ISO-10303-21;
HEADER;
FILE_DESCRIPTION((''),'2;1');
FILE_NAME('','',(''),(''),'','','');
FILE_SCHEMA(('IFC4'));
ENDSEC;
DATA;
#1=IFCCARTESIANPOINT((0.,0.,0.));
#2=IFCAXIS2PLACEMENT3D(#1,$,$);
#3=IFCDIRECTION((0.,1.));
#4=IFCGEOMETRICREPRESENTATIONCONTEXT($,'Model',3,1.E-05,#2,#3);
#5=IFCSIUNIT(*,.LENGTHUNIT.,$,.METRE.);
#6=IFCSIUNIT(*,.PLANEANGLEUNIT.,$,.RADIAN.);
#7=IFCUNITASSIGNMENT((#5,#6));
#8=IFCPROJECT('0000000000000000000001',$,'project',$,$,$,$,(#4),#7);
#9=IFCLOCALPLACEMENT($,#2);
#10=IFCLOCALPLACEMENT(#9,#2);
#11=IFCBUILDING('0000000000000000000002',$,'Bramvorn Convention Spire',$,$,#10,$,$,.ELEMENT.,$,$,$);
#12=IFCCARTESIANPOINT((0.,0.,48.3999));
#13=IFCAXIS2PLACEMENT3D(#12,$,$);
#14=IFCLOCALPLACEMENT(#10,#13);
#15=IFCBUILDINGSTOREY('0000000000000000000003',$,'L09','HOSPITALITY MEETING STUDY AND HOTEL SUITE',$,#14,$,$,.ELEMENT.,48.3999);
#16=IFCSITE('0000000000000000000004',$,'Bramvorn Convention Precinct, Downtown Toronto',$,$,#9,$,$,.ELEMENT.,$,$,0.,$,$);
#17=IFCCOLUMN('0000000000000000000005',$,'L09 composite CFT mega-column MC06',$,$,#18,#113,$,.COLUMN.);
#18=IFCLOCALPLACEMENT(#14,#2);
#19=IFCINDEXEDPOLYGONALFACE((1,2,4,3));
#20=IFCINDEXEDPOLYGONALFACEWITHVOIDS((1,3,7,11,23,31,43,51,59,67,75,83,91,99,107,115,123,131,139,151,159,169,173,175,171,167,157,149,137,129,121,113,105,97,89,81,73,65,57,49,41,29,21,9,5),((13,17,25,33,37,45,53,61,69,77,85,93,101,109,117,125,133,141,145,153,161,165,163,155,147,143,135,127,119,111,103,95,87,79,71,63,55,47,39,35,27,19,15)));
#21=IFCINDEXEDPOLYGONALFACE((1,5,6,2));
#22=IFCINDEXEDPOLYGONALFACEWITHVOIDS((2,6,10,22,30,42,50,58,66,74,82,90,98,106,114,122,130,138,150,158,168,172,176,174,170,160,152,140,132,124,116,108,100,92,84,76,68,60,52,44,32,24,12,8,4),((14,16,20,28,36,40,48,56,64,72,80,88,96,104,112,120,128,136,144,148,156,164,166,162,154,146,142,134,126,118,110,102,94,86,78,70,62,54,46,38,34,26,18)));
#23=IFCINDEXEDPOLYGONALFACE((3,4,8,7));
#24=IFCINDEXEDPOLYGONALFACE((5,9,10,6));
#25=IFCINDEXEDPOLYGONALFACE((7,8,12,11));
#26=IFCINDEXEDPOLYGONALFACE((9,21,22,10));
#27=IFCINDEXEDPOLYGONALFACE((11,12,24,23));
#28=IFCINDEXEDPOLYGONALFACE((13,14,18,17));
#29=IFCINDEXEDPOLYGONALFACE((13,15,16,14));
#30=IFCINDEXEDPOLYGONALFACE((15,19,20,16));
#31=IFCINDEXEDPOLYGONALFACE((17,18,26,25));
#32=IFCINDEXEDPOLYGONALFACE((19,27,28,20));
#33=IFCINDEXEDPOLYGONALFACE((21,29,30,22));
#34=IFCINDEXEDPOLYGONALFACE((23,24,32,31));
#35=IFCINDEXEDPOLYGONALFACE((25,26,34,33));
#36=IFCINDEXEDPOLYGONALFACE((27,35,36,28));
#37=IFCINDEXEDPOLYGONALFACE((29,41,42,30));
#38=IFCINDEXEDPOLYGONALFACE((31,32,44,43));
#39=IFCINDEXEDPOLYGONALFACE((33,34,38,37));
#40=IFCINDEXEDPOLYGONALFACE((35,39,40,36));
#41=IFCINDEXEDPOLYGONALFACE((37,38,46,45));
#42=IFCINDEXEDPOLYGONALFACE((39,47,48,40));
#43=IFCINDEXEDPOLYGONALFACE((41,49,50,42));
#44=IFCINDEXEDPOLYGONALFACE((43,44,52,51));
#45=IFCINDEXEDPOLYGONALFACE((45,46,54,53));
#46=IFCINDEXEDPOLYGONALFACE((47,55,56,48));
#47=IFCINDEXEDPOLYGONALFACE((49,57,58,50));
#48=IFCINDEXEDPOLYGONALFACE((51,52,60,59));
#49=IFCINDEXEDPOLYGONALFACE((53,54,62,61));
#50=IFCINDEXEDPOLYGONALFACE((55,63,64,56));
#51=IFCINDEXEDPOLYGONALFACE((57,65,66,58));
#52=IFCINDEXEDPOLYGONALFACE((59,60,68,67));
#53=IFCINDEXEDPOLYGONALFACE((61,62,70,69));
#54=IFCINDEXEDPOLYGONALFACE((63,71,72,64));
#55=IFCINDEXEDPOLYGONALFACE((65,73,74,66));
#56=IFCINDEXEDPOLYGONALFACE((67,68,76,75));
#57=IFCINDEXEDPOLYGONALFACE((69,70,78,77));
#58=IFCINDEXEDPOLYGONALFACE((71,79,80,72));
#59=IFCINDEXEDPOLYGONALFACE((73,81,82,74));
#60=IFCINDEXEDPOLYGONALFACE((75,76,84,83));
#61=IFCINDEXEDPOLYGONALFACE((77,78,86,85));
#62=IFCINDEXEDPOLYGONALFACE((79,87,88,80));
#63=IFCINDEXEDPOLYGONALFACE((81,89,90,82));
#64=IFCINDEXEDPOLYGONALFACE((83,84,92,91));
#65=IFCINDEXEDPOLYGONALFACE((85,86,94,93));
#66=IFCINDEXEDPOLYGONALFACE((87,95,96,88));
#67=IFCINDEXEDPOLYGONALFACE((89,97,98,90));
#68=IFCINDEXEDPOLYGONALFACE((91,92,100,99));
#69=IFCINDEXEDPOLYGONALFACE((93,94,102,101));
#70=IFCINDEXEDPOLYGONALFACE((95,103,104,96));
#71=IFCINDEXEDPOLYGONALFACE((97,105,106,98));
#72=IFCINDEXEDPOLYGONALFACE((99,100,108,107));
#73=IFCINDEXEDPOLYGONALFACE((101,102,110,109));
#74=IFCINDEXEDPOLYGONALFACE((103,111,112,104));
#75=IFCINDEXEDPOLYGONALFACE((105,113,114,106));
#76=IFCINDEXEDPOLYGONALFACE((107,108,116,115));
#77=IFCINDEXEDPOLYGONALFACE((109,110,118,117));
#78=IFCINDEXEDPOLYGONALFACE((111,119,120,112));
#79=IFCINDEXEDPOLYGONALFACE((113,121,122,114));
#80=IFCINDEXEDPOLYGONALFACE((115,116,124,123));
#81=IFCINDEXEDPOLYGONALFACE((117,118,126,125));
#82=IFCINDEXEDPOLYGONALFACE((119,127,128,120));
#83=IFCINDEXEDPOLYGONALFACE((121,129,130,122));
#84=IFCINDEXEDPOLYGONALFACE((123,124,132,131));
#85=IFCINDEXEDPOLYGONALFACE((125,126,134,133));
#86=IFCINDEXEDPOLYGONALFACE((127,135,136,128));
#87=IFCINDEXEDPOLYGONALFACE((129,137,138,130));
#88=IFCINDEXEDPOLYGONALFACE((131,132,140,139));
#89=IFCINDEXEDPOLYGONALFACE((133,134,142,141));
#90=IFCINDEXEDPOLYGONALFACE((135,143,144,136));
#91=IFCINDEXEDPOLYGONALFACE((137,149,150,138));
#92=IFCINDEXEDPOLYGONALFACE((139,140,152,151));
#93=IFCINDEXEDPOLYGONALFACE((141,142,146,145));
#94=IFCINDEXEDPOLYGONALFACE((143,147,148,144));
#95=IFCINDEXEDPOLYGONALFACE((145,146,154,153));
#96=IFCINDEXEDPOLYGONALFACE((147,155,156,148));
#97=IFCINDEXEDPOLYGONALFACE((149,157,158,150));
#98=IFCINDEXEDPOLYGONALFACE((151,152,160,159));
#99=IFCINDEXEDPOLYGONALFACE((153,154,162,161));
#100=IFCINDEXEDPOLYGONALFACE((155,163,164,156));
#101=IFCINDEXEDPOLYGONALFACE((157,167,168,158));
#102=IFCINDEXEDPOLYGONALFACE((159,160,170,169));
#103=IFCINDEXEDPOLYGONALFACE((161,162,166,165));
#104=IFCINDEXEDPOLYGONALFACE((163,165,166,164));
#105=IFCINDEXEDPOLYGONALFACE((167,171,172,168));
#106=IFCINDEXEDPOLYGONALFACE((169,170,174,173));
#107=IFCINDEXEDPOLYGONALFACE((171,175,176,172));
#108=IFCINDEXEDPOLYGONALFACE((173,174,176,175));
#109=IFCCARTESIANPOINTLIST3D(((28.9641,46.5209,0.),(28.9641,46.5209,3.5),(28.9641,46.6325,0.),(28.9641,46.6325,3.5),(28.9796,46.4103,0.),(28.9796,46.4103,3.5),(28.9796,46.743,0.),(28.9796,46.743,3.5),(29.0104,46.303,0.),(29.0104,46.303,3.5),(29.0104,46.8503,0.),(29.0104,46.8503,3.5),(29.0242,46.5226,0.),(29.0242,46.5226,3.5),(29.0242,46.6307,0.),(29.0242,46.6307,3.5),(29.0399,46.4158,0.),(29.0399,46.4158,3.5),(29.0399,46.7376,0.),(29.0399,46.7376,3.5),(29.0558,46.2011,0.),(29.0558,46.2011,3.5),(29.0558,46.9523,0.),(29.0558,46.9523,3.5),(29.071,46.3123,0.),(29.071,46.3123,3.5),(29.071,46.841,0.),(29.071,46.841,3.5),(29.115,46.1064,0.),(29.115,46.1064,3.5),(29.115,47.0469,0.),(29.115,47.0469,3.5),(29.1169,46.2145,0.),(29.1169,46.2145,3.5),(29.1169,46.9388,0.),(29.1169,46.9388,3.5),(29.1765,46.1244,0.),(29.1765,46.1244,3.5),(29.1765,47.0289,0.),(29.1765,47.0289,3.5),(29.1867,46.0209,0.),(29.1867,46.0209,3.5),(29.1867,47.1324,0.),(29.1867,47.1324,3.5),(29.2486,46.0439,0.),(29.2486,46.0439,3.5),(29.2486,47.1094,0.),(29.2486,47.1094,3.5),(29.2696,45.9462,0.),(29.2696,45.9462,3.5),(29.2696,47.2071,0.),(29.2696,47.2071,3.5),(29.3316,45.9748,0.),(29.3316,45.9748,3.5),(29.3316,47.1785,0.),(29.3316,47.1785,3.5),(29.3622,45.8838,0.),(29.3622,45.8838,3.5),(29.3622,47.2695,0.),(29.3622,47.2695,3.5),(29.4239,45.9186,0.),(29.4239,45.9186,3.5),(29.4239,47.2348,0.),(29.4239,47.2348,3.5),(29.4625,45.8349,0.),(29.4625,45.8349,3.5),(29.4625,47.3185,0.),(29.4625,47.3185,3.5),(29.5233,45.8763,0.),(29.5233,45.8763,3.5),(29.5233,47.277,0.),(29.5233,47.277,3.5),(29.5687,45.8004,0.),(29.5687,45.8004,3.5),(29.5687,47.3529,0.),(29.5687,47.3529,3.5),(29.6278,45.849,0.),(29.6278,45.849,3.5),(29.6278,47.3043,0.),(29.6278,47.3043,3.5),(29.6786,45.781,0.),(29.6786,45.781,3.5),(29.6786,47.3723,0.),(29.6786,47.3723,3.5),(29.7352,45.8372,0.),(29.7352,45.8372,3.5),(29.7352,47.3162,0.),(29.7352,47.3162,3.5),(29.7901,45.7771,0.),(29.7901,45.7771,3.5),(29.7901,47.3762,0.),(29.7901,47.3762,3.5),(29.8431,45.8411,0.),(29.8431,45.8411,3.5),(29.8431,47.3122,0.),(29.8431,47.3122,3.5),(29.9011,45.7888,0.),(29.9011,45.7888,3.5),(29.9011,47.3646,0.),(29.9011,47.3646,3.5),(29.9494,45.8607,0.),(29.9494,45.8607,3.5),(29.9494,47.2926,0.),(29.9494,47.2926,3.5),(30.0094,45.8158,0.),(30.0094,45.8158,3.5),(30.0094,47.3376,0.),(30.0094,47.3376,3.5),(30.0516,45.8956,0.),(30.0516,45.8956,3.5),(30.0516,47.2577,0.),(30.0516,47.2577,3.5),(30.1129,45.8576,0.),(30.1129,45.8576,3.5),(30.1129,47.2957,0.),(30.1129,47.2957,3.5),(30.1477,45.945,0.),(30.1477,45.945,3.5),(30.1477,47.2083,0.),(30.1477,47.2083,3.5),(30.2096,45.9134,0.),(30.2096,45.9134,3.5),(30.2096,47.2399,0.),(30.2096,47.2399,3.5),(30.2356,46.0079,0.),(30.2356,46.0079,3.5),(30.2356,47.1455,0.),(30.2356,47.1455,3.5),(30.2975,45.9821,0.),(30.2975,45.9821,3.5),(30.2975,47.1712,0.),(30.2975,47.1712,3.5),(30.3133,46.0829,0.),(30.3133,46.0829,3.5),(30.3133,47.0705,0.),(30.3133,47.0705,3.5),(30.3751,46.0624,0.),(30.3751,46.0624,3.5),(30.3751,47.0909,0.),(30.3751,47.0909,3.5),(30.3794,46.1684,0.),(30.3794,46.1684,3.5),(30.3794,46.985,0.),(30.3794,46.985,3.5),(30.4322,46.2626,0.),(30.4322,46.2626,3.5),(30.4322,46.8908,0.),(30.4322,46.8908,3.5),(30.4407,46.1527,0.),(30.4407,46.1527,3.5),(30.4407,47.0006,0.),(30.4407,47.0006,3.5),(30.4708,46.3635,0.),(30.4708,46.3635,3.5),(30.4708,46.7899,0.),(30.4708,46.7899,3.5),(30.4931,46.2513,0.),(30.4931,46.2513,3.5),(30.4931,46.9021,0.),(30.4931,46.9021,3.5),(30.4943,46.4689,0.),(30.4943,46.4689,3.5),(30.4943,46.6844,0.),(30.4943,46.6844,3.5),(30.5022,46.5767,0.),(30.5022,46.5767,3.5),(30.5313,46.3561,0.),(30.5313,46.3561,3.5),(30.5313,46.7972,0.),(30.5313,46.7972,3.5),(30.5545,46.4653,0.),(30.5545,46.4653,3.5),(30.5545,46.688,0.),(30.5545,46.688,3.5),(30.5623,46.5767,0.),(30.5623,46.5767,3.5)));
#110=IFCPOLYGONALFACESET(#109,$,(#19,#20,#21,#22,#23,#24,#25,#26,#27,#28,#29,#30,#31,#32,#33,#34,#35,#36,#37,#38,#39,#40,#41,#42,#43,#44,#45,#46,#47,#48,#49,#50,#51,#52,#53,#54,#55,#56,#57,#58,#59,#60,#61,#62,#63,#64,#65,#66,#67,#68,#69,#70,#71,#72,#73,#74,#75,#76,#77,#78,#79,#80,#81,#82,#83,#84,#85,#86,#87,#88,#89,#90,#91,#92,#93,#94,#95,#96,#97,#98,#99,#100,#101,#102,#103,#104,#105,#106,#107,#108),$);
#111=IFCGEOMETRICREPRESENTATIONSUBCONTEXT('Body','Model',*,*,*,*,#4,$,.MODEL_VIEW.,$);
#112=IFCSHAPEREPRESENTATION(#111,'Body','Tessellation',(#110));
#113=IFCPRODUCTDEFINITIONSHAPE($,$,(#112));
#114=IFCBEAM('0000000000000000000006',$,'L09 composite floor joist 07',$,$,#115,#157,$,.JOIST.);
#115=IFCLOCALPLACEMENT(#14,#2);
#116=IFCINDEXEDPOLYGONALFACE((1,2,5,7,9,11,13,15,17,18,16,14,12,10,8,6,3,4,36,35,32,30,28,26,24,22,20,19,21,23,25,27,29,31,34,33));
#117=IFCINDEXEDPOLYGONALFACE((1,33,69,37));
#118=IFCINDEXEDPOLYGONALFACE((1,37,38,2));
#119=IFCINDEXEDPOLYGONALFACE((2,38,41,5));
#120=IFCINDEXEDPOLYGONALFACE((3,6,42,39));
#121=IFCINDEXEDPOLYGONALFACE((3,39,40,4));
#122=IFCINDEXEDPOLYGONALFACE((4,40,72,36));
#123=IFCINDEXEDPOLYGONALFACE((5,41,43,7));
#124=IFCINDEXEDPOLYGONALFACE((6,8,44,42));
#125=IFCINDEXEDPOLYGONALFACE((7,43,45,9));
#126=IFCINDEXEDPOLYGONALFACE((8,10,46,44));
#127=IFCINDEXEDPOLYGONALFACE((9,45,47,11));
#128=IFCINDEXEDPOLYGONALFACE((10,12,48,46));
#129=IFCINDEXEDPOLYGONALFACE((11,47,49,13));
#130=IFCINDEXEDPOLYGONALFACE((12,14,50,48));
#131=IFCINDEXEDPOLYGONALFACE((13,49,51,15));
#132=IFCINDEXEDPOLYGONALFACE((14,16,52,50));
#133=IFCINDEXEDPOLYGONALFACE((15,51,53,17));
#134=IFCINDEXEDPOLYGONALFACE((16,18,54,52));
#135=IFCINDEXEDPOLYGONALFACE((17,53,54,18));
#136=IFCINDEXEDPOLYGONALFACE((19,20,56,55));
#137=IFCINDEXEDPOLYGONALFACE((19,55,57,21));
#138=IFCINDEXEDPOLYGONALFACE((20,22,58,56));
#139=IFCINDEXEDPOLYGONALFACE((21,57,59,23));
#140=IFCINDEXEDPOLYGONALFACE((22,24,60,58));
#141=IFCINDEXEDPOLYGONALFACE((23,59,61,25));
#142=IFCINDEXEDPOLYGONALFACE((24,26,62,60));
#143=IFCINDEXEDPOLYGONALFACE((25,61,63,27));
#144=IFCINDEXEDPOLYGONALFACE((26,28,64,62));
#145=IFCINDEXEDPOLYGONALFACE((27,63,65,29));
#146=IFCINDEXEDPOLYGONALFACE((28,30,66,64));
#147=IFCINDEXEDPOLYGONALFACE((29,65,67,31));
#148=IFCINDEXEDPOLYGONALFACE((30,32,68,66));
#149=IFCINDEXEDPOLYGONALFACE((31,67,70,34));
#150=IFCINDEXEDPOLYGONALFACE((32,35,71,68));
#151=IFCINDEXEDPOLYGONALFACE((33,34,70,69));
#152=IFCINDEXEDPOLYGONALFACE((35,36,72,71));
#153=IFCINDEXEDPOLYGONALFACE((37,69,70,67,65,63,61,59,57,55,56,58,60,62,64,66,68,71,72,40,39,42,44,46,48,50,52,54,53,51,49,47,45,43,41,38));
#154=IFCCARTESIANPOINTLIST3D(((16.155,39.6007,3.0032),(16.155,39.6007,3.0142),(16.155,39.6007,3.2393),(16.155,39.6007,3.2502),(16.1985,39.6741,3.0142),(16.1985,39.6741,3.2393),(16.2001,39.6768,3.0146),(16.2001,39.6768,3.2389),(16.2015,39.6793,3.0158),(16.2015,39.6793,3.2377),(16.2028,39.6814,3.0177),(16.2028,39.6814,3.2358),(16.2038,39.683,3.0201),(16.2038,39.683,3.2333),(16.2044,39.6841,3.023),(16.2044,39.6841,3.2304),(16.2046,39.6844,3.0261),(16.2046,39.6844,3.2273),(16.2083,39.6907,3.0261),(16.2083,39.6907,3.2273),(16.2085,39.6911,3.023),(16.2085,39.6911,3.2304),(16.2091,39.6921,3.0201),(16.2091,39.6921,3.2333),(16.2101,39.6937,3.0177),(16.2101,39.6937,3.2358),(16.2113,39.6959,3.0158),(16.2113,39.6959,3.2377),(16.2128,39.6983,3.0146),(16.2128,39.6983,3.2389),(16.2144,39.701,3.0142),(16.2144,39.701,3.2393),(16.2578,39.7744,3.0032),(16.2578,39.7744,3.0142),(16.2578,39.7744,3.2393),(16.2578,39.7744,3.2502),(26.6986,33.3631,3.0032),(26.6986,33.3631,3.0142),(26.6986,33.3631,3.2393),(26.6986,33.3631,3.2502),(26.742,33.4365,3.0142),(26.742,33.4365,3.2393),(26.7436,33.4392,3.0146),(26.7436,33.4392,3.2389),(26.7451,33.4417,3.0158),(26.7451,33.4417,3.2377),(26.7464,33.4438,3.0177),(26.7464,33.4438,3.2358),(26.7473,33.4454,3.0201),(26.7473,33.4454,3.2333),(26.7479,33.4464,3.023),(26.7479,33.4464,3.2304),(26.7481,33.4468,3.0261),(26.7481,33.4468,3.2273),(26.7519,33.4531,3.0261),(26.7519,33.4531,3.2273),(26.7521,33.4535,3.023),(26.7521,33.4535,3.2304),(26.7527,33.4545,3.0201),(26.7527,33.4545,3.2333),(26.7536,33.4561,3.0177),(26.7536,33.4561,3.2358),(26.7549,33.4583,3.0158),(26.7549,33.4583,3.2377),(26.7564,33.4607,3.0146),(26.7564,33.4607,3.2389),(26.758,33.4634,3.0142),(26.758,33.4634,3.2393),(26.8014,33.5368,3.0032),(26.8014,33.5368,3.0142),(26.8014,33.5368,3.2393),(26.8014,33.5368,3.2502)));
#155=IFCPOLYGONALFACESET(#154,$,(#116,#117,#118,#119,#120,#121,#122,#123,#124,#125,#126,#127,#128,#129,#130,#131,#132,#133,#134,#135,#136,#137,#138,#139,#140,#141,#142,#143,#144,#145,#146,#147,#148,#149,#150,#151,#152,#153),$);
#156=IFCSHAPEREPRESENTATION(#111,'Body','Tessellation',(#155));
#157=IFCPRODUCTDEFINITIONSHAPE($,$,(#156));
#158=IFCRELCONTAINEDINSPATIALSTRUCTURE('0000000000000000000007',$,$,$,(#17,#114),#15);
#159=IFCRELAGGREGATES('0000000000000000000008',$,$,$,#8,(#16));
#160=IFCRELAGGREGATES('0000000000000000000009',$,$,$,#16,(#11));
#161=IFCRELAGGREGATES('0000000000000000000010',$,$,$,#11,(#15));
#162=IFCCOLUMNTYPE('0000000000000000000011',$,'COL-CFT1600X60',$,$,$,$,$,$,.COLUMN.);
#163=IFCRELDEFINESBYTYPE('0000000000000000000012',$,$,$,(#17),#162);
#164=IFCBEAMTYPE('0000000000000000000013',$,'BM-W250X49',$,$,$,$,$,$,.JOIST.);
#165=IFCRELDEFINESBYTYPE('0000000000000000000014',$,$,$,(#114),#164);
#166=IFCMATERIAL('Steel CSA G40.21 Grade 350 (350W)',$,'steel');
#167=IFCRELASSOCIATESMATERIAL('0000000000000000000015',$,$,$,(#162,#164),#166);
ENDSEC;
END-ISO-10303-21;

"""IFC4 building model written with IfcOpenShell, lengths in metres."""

from ifc_helpers import new_model, si_unit, direction, frame, origin, origin_2d, place, context, subcontext, project, spatial, hollow_circle, i_section, extrude, material, material_profile, profile_set, type_object, element, save


model = new_model("IFC4")

# Units and contexts
model_context = context("Model", 3, precision=1e-05, world=origin(), true_north=direction((0.0, 1.0)))
body_context = subcontext(model_context, "Body", "Model", "MODEL_VIEW")
ifc_project = project(units=[si_unit("LENGTHUNIT", "METRE"), si_unit("PLANEANGLEUNIT", "RADIAN")], contexts=[model_context])

# Site, building, storey
site_placement = place(None, origin())
site = spatial("IfcSite", under=ifc_project, at=site_placement, Name="Bramvorn Convention Precinct, Downtown Toronto", CompositionType="ELEMENT", RefElevation=0.0)
building_placement = place(site_placement, origin())
building = spatial("IfcBuilding", under=site, at=building_placement, Name="Bramvorn Convention Spire", CompositionType="ELEMENT")
storey_placement = place(building_placement, frame((0.0, 0.0, 48.3999)))
storey = spatial("IfcBuildingStorey", under=building, at=storey_placement, Name="L09", Description="HOSPITALITY MEETING STUDY AND HOTEL SUITE", CompositionType="ELEMENT", Elevation=48.3999)

# Column
ifc_material_1 = material(Name="Steel CSA G40.21 Grade 350 (350W)", Category="steel")
ifc_material_profile_1 = material_profile(ifc_material_1, hollow_circle(Radius=0.8, WallThickness=0.0601, at=origin_2d()))
ifc_profile_set_1 = profile_set([ifc_material_profile_1], Name="Steel CSA G40.21 Grade 350 (350W) - CFT1600X60")
column_type = type_object("IfcColumnType", Name="COL-CFT1600X60", PredefinedType="COLUMN", material=ifc_profile_set_1)
column_placement = place(storey_placement, frame((29.7622, 46.5767, 0.0), z_axis=(0.0, 0.0, 1.0), x_axis=(1.0, 0.0, 0.0)))
element("IfcColumn", 1, at=column_placement, inside=storey, type_object=column_type, Name="L09 composite CFT mega-column MC06", PredefinedType="COLUMN", context=body_context, shape_type="SweptSolid", body=[
    extrude(hollow_circle(Radius=0.8, WallThickness=0.0601, at=origin_2d()), origin(), (0.0, 0.0, 1.0), 3.5),
])

# Beam
ifc_material_profile_2 = material_profile(ifc_material_1, i_section(OverallWidth=0.2019, OverallDepth=0.2471, WebThickness=0.0073, FlangeThickness=0.011, FilletRadius=0.012, at=origin_2d()))
ifc_profile_set_2 = profile_set([ifc_material_profile_2], Name="Steel CSA G40.21 Grade 350 (350W) - W250X49")
beam_type_1 = type_object("IfcBeamType", Name="BM-W250X49", PredefinedType="JOIST", material=ifc_profile_set_2)
beam_1_placement = place(storey_placement, frame((26.75, 33.45, 3.1267), z_axis=(-0.860665, 0.509172, 0.0), x_axis=(-0.509172, -0.860665, 0.0)))
element("IfcBeam", 2, at=beam_1_placement, inside=storey, type_object=beam_type_1, Name="L09 composite floor joist 07", PredefinedType="JOIST", context=body_context, shape_type="SweptSolid", body=[
    extrude(i_section(OverallWidth=0.2019, OverallDepth=0.2471, WebThickness=0.0073, FlangeThickness=0.011, FilletRadius=0.012, at=origin_2d()), origin(), (0.0, 0.0, 1.0), 12.2505),
])

save(model, "model.ifc")
